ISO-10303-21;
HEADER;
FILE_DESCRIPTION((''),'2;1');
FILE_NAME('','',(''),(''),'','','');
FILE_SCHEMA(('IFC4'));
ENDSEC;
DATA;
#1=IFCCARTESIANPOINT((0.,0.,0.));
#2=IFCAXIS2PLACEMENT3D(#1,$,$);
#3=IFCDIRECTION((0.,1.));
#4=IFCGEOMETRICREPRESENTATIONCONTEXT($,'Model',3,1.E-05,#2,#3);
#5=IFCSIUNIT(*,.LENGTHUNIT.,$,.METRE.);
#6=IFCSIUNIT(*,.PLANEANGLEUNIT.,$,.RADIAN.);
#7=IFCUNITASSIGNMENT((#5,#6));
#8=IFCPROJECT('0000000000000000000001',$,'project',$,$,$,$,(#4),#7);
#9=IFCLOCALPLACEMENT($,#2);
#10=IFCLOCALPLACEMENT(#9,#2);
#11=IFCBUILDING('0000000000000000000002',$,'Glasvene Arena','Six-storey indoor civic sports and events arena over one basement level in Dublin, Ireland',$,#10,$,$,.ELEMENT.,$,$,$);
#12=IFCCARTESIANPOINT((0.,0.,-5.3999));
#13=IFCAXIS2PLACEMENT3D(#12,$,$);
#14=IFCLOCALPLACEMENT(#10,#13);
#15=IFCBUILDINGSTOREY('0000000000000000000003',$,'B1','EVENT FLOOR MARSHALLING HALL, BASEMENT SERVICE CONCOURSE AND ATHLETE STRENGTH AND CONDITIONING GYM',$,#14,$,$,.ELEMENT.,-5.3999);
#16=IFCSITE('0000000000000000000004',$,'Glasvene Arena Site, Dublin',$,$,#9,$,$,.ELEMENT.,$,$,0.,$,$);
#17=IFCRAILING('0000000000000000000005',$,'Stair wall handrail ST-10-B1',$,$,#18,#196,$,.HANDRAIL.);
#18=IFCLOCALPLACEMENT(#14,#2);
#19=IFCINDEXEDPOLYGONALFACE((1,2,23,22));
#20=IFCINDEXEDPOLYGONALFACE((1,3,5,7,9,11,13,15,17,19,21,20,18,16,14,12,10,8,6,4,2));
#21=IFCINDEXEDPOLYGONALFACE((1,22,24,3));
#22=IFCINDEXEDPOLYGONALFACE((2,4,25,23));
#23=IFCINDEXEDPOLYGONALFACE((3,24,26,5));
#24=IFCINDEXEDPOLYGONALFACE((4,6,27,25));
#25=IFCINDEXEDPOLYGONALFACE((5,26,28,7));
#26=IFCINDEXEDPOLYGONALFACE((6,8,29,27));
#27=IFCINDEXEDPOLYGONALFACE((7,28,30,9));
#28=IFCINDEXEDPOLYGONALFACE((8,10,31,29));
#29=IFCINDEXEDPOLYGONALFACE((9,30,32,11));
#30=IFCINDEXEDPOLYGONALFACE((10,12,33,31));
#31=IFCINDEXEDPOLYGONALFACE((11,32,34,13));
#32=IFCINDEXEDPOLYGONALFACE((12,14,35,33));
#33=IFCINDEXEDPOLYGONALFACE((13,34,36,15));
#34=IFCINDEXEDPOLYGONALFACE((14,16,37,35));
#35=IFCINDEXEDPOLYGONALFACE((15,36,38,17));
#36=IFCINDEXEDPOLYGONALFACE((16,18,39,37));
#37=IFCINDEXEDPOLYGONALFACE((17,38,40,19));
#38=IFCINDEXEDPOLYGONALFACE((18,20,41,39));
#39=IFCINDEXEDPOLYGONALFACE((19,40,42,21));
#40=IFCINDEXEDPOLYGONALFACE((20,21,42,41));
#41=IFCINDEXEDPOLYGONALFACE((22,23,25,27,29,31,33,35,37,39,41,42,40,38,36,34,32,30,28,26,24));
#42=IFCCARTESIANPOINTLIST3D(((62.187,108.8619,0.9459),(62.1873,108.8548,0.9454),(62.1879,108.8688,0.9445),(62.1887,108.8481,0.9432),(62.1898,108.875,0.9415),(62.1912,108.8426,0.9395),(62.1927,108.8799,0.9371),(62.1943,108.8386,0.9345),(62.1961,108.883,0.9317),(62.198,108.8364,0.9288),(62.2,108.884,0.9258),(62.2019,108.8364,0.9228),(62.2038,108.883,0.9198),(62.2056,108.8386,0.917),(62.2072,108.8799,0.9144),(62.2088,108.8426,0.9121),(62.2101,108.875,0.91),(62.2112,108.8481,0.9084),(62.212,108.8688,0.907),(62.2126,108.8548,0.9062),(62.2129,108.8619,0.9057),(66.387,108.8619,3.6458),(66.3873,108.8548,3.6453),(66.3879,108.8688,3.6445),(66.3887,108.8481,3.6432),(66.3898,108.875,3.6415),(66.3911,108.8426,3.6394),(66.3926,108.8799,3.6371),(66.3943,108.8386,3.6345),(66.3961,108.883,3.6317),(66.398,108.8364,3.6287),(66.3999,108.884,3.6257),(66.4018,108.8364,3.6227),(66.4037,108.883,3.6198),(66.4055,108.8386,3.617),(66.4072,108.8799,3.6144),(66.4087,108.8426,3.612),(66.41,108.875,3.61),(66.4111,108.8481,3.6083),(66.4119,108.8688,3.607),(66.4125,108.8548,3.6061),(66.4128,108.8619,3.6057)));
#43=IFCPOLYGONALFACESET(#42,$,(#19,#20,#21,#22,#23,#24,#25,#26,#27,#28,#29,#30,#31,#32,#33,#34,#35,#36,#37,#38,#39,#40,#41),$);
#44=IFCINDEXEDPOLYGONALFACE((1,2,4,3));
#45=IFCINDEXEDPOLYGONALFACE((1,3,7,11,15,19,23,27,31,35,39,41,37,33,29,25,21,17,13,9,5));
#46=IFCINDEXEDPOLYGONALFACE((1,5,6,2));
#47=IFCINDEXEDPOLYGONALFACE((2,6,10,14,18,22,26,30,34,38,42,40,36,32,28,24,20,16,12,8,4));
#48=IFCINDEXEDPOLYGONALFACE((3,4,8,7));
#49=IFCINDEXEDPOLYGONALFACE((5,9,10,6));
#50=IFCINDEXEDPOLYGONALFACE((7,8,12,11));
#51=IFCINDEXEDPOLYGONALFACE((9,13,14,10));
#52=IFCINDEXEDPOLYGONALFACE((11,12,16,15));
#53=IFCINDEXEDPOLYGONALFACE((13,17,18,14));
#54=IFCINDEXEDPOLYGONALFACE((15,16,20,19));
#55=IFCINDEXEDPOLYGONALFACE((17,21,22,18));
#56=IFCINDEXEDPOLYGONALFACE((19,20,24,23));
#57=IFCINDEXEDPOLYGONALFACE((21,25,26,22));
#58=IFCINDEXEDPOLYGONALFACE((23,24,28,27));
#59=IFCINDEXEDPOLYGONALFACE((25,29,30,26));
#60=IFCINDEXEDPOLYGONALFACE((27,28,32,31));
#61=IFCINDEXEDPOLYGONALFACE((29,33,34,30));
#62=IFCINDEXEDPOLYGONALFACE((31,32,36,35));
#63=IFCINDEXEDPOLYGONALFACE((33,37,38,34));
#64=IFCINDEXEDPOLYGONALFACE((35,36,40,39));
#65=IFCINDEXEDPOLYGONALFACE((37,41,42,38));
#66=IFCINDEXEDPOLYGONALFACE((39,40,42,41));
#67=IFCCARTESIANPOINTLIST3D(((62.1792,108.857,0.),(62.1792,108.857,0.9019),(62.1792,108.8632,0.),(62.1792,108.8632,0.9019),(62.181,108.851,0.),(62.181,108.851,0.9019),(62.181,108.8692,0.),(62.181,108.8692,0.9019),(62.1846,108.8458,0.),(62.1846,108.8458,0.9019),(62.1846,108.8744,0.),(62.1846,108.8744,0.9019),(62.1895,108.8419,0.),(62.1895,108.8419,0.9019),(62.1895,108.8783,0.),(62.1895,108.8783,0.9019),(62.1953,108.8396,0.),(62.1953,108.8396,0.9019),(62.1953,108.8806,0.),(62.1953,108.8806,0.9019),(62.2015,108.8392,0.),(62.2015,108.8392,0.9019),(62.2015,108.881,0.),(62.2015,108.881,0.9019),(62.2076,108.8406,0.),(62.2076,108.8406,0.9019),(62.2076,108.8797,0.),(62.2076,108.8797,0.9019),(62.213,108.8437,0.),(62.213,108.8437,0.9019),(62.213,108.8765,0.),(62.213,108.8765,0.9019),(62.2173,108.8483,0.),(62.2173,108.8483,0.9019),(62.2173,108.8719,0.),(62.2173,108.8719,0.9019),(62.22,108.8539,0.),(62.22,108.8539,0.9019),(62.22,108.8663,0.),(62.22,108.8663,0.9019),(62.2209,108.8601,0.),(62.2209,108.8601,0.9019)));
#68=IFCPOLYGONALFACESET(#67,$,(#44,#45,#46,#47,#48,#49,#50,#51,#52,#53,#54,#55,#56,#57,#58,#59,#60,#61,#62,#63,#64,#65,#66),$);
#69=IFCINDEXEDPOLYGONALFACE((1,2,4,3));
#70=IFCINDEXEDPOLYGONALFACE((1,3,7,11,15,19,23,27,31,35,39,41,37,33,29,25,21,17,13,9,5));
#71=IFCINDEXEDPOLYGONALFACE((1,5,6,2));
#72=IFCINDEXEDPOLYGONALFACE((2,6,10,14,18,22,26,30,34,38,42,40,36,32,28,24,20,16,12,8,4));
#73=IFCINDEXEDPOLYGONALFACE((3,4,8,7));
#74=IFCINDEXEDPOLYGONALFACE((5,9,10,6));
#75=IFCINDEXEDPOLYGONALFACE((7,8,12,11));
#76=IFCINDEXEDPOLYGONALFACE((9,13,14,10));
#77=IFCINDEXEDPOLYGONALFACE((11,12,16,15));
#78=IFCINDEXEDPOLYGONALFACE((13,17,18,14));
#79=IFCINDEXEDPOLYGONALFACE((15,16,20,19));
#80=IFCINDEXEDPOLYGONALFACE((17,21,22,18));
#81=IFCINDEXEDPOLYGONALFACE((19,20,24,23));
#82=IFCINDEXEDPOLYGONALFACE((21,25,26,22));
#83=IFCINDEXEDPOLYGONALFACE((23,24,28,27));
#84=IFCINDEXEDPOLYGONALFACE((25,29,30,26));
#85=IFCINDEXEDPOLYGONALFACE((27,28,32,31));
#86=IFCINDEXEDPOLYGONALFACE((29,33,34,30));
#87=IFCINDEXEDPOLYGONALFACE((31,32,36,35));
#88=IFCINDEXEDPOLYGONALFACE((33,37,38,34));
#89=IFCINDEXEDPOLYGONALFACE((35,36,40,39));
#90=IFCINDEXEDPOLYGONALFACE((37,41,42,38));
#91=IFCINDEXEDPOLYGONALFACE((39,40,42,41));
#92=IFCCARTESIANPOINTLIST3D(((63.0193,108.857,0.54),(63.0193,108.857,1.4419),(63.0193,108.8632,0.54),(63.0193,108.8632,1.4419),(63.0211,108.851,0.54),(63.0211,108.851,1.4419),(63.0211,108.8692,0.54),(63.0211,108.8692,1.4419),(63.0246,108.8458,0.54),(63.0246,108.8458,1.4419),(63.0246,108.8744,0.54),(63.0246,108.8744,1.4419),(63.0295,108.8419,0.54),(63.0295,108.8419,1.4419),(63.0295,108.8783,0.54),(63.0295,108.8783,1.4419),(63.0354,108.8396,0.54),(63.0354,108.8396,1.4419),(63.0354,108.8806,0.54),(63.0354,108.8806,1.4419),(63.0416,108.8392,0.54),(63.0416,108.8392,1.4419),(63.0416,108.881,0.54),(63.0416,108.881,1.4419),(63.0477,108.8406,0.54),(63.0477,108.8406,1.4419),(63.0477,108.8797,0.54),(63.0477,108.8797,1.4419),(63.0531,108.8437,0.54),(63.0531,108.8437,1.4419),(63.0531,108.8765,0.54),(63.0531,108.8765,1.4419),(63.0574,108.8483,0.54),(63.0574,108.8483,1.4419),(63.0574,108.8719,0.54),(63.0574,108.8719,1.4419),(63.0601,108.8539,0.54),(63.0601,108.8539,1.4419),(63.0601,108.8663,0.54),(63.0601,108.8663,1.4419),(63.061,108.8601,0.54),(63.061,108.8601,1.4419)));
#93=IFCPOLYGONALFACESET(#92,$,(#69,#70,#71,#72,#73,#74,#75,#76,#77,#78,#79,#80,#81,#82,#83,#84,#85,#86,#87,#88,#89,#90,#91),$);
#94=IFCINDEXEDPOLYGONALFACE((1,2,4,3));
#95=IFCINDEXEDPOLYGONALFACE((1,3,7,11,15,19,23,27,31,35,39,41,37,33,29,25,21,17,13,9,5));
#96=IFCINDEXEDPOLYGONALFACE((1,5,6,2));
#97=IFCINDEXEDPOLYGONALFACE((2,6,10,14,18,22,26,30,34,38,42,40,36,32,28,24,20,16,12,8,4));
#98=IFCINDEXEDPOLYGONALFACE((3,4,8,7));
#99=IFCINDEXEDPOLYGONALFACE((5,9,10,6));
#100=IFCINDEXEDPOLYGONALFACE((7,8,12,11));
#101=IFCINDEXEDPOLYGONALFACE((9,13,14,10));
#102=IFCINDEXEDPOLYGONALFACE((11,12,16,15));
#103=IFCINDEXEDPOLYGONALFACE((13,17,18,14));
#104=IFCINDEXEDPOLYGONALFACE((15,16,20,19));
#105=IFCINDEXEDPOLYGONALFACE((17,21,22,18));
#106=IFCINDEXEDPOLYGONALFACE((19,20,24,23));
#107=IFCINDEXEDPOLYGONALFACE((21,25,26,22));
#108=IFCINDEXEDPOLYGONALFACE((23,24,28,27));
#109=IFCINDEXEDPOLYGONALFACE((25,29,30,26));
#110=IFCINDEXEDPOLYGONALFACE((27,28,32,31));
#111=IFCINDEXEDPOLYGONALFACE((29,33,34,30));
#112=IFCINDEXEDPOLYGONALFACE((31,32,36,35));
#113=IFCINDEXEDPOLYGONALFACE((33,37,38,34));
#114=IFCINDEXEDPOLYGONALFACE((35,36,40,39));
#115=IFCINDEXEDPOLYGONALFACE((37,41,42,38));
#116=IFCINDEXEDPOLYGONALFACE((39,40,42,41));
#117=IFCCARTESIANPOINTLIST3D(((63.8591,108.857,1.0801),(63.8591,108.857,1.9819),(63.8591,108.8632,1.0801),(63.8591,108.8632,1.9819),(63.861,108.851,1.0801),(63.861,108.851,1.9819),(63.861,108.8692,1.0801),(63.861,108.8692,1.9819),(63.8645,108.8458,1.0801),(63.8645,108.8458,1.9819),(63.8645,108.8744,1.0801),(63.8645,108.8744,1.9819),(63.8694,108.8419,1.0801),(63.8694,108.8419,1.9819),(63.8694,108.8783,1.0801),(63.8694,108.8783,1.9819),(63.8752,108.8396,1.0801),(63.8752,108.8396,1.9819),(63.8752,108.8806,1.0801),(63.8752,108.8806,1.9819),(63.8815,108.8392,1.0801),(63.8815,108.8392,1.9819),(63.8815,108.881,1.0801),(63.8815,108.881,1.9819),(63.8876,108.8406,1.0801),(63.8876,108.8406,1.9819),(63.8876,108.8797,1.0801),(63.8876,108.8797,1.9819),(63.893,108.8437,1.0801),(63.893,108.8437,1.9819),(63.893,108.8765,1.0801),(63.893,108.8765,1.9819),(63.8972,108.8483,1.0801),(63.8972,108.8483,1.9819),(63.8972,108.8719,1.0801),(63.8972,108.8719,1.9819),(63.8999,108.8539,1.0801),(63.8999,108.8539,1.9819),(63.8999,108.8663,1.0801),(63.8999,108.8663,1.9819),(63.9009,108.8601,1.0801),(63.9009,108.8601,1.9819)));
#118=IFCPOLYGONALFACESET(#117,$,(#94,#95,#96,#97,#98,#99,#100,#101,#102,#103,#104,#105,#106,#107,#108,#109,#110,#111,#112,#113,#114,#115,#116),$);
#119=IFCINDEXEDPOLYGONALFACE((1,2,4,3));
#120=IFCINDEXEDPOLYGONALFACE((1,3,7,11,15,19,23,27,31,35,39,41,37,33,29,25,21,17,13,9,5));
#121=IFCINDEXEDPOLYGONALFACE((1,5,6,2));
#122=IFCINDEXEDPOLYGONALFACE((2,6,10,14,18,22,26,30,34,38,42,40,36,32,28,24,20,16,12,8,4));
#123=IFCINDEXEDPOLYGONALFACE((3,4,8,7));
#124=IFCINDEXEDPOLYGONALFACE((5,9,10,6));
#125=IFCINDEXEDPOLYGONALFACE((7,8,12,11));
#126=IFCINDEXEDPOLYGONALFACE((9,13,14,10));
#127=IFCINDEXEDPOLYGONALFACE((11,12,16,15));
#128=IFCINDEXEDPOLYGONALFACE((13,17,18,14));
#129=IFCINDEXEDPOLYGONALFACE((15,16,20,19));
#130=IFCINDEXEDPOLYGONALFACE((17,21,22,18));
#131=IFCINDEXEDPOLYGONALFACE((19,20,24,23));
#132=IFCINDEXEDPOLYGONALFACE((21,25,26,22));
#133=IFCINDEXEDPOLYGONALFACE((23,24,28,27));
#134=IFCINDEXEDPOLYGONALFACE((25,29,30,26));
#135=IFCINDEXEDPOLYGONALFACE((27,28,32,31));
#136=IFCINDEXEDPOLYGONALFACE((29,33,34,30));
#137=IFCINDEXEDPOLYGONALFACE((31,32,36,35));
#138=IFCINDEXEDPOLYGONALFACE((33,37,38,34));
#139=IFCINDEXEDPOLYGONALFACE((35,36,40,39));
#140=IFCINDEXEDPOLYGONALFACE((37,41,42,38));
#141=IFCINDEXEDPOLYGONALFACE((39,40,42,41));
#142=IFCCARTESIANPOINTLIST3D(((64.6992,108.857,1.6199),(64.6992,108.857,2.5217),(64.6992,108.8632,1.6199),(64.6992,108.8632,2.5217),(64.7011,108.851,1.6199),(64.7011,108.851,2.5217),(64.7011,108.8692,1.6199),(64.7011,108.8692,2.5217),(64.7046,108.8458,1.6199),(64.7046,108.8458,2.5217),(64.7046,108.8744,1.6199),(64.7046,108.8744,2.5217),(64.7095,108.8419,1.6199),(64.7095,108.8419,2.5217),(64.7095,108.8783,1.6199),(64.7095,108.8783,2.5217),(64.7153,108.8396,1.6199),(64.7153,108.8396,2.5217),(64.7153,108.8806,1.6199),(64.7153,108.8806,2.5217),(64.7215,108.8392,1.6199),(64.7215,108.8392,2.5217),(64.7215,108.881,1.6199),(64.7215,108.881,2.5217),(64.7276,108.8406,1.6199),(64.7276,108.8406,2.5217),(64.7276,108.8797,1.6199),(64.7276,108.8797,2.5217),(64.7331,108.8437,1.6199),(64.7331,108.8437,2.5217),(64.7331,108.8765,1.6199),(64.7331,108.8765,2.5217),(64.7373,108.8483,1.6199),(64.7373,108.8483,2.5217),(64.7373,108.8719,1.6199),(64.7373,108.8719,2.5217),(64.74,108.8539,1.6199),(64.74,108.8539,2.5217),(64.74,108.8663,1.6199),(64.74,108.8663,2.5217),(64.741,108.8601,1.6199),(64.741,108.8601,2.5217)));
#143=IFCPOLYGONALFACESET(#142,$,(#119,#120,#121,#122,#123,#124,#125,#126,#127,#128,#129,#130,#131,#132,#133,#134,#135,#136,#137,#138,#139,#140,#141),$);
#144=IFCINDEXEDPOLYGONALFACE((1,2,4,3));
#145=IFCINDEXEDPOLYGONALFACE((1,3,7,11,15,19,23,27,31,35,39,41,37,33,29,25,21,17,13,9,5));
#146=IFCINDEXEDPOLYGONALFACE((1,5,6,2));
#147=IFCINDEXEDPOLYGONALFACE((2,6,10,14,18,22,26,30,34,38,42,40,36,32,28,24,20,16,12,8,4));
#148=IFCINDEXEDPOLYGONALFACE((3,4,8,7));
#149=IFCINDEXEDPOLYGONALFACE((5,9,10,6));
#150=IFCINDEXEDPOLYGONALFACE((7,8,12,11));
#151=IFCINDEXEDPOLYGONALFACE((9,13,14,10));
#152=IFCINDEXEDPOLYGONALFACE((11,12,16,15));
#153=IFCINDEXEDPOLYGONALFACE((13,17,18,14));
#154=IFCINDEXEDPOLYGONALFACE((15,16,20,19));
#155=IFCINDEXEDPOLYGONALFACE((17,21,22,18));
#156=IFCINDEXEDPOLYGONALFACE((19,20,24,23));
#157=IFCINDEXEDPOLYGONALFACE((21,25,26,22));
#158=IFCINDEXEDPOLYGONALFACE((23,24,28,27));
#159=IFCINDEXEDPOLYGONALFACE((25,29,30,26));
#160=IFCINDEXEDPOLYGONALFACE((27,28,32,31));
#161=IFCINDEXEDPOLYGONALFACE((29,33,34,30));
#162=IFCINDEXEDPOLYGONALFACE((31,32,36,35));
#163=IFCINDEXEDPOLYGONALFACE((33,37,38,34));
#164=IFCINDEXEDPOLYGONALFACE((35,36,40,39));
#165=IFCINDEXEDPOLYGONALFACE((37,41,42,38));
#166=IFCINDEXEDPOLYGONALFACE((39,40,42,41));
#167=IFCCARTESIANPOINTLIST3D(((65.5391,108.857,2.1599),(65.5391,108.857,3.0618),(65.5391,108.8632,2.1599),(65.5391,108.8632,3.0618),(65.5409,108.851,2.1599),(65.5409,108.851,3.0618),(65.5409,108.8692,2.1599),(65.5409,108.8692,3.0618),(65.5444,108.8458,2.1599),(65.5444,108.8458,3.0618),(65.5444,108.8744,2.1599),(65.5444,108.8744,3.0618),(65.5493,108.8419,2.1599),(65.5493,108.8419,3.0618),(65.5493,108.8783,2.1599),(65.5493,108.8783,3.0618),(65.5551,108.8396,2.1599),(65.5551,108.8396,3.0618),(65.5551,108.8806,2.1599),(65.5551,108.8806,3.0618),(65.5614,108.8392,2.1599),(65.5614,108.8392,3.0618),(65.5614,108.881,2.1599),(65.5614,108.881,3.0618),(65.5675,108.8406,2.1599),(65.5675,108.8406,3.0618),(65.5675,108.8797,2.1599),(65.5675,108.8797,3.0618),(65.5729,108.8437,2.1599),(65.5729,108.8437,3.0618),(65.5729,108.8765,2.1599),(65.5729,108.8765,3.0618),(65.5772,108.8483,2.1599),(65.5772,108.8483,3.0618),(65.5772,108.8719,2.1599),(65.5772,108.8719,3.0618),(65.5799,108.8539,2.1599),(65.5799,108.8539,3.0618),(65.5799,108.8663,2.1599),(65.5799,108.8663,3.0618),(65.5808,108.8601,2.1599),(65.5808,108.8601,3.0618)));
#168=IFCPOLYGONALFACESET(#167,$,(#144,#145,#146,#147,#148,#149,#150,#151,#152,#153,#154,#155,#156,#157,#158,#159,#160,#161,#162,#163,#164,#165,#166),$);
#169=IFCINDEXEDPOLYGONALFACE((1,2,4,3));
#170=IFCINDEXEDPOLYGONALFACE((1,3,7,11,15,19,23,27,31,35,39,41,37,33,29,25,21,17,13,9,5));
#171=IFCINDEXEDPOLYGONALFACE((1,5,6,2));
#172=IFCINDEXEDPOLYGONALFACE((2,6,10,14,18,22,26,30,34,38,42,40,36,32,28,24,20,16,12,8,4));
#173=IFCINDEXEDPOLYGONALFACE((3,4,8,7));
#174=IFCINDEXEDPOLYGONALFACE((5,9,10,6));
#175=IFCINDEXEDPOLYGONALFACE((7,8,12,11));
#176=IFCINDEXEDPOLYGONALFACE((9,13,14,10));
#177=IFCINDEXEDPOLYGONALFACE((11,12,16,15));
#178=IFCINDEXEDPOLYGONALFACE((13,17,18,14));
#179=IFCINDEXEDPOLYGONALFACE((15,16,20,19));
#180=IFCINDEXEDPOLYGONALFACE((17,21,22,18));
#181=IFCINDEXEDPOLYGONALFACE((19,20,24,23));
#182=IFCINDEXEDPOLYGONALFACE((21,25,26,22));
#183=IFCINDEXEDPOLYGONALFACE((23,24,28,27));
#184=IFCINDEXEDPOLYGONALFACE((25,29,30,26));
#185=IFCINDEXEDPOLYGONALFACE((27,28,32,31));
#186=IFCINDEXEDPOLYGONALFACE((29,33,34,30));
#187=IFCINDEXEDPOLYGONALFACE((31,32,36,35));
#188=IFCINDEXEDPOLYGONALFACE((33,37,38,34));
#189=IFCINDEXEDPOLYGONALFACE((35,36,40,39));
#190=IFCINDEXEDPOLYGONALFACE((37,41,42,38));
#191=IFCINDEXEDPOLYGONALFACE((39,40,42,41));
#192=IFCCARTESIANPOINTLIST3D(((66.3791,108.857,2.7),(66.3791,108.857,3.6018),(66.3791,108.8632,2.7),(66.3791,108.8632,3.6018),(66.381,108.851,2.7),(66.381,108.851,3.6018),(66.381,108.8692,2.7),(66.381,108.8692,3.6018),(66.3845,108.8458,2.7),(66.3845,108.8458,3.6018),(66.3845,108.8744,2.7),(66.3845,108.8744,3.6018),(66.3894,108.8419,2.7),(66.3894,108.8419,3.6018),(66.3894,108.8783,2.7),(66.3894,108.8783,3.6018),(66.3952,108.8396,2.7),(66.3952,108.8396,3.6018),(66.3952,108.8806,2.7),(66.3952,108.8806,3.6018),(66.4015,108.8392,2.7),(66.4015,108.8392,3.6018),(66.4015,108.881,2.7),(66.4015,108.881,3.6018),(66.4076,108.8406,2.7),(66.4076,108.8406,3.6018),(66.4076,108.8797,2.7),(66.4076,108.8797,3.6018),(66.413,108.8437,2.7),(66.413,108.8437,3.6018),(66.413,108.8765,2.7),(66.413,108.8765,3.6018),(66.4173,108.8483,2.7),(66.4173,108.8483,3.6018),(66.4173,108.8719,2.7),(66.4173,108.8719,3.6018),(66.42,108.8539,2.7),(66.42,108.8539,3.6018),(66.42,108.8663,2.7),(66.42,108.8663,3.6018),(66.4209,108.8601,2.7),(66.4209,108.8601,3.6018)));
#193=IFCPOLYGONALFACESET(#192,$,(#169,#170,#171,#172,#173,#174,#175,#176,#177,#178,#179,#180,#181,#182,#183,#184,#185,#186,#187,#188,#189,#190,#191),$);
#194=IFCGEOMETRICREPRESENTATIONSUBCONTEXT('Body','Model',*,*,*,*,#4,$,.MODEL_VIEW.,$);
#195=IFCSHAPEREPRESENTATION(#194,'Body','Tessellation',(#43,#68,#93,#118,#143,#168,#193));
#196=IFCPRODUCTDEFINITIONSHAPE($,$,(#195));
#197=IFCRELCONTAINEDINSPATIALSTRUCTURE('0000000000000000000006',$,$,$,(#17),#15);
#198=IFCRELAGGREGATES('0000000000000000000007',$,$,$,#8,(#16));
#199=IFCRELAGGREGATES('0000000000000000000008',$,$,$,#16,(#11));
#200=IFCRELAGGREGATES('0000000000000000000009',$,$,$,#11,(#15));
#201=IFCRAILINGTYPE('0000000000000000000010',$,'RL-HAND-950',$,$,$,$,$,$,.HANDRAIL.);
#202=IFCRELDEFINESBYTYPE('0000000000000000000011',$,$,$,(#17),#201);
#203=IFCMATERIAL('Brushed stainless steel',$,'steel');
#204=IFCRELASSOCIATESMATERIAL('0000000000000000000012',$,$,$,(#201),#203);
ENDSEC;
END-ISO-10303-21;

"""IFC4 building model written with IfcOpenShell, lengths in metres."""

from ifc_helpers import new_model, si_unit, direction, frame, origin, origin_2d, place, context, subcontext, project, spatial, circle, extrude, material, type_object, element, save


model = new_model("IFC4")

# Units and contexts
model_context = context("Model", 3, precision=1e-05, world=origin(), true_north=direction((0.0, 1.0)))
body_context = subcontext(model_context, "Body", "Model", "MODEL_VIEW")
ifc_project = project(units=[si_unit("LENGTHUNIT", "METRE"), si_unit("PLANEANGLEUNIT", "RADIAN")], contexts=[model_context])

# Site, building, storey
site_placement = place(None, origin())
site = spatial("IfcSite", under=ifc_project, at=site_placement, Name="Glasvene Arena Site, Dublin", CompositionType="ELEMENT", RefElevation=0.0)
building_placement = place(site_placement, origin())
building = spatial("IfcBuilding", under=site, at=building_placement, Name="Glasvene Arena", Description="Six-storey indoor civic sports and events arena over one basement level in Dublin, Ireland", CompositionType="ELEMENT")
storey_placement = place(building_placement, frame((0.0, 0.0, -5.3999)))
storey = spatial("IfcBuildingStorey", under=building, at=storey_placement, Name="B1", Description="EVENT FLOOR MARSHALLING HALL, BASEMENT SERVICE CONCOURSE AND ATHLETE STRENGTH AND CONDITIONING GYM", CompositionType="ELEMENT", Elevation=-5.3999)

# Railing
ifc_material_1 = material(Name="Brushed stainless steel", Category="steel")
railing_type_1 = type_object("IfcRailingType", Name="RL-HAND-950", PredefinedType="HANDRAIL", material=ifc_material_1)
railing_1_placement = place(storey_placement, frame((62.2, 108.8601, 0.0)))
element("IfcRailing", 1, at=railing_1_placement, inside=storey, type_object=railing_type_1, Name="Stair wall handrail ST-10-B1", PredefinedType="HANDRAIL", context=body_context, shape_type="SweptSolid", body=[
    extrude(circle(Radius=0.0239, at=origin_2d()), frame((0.0, 0.0, 0.9258), z_axis=(0.84118, 0.0, 0.540755), x_axis=(0.0, 1.0, 0.0)), (0.0, 0.0, 1.0), 4.9929),
    extrude(circle(Radius=0.021, at=origin_2d()), origin(), (0.0, 0.0, 1.0), 0.9019),
    extrude(circle(Radius=0.021, at=origin_2d()), frame((0.8401, 0.0, 0.54)), (0.0, 0.0, 1.0), 0.9019),
    extrude(circle(Radius=0.021, at=origin_2d()), frame((1.6799, 0.0, 1.0801)), (0.0, 0.0, 1.0), 0.9019),
    extrude(circle(Radius=0.021, at=origin_2d()), frame((2.52, 0.0, 1.6199)), (0.0, 0.0, 1.0), 0.9019),
    extrude(circle(Radius=0.021, at=origin_2d()), frame((3.3599, 0.0, 2.1599)), (0.0, 0.0, 1.0), 0.9019),
    extrude(circle(Radius=0.021, at=origin_2d()), frame((4.2, 0.0, 2.7)), (0.0, 0.0, 1.0), 0.9019),
])

save(model, "model.ifc")
